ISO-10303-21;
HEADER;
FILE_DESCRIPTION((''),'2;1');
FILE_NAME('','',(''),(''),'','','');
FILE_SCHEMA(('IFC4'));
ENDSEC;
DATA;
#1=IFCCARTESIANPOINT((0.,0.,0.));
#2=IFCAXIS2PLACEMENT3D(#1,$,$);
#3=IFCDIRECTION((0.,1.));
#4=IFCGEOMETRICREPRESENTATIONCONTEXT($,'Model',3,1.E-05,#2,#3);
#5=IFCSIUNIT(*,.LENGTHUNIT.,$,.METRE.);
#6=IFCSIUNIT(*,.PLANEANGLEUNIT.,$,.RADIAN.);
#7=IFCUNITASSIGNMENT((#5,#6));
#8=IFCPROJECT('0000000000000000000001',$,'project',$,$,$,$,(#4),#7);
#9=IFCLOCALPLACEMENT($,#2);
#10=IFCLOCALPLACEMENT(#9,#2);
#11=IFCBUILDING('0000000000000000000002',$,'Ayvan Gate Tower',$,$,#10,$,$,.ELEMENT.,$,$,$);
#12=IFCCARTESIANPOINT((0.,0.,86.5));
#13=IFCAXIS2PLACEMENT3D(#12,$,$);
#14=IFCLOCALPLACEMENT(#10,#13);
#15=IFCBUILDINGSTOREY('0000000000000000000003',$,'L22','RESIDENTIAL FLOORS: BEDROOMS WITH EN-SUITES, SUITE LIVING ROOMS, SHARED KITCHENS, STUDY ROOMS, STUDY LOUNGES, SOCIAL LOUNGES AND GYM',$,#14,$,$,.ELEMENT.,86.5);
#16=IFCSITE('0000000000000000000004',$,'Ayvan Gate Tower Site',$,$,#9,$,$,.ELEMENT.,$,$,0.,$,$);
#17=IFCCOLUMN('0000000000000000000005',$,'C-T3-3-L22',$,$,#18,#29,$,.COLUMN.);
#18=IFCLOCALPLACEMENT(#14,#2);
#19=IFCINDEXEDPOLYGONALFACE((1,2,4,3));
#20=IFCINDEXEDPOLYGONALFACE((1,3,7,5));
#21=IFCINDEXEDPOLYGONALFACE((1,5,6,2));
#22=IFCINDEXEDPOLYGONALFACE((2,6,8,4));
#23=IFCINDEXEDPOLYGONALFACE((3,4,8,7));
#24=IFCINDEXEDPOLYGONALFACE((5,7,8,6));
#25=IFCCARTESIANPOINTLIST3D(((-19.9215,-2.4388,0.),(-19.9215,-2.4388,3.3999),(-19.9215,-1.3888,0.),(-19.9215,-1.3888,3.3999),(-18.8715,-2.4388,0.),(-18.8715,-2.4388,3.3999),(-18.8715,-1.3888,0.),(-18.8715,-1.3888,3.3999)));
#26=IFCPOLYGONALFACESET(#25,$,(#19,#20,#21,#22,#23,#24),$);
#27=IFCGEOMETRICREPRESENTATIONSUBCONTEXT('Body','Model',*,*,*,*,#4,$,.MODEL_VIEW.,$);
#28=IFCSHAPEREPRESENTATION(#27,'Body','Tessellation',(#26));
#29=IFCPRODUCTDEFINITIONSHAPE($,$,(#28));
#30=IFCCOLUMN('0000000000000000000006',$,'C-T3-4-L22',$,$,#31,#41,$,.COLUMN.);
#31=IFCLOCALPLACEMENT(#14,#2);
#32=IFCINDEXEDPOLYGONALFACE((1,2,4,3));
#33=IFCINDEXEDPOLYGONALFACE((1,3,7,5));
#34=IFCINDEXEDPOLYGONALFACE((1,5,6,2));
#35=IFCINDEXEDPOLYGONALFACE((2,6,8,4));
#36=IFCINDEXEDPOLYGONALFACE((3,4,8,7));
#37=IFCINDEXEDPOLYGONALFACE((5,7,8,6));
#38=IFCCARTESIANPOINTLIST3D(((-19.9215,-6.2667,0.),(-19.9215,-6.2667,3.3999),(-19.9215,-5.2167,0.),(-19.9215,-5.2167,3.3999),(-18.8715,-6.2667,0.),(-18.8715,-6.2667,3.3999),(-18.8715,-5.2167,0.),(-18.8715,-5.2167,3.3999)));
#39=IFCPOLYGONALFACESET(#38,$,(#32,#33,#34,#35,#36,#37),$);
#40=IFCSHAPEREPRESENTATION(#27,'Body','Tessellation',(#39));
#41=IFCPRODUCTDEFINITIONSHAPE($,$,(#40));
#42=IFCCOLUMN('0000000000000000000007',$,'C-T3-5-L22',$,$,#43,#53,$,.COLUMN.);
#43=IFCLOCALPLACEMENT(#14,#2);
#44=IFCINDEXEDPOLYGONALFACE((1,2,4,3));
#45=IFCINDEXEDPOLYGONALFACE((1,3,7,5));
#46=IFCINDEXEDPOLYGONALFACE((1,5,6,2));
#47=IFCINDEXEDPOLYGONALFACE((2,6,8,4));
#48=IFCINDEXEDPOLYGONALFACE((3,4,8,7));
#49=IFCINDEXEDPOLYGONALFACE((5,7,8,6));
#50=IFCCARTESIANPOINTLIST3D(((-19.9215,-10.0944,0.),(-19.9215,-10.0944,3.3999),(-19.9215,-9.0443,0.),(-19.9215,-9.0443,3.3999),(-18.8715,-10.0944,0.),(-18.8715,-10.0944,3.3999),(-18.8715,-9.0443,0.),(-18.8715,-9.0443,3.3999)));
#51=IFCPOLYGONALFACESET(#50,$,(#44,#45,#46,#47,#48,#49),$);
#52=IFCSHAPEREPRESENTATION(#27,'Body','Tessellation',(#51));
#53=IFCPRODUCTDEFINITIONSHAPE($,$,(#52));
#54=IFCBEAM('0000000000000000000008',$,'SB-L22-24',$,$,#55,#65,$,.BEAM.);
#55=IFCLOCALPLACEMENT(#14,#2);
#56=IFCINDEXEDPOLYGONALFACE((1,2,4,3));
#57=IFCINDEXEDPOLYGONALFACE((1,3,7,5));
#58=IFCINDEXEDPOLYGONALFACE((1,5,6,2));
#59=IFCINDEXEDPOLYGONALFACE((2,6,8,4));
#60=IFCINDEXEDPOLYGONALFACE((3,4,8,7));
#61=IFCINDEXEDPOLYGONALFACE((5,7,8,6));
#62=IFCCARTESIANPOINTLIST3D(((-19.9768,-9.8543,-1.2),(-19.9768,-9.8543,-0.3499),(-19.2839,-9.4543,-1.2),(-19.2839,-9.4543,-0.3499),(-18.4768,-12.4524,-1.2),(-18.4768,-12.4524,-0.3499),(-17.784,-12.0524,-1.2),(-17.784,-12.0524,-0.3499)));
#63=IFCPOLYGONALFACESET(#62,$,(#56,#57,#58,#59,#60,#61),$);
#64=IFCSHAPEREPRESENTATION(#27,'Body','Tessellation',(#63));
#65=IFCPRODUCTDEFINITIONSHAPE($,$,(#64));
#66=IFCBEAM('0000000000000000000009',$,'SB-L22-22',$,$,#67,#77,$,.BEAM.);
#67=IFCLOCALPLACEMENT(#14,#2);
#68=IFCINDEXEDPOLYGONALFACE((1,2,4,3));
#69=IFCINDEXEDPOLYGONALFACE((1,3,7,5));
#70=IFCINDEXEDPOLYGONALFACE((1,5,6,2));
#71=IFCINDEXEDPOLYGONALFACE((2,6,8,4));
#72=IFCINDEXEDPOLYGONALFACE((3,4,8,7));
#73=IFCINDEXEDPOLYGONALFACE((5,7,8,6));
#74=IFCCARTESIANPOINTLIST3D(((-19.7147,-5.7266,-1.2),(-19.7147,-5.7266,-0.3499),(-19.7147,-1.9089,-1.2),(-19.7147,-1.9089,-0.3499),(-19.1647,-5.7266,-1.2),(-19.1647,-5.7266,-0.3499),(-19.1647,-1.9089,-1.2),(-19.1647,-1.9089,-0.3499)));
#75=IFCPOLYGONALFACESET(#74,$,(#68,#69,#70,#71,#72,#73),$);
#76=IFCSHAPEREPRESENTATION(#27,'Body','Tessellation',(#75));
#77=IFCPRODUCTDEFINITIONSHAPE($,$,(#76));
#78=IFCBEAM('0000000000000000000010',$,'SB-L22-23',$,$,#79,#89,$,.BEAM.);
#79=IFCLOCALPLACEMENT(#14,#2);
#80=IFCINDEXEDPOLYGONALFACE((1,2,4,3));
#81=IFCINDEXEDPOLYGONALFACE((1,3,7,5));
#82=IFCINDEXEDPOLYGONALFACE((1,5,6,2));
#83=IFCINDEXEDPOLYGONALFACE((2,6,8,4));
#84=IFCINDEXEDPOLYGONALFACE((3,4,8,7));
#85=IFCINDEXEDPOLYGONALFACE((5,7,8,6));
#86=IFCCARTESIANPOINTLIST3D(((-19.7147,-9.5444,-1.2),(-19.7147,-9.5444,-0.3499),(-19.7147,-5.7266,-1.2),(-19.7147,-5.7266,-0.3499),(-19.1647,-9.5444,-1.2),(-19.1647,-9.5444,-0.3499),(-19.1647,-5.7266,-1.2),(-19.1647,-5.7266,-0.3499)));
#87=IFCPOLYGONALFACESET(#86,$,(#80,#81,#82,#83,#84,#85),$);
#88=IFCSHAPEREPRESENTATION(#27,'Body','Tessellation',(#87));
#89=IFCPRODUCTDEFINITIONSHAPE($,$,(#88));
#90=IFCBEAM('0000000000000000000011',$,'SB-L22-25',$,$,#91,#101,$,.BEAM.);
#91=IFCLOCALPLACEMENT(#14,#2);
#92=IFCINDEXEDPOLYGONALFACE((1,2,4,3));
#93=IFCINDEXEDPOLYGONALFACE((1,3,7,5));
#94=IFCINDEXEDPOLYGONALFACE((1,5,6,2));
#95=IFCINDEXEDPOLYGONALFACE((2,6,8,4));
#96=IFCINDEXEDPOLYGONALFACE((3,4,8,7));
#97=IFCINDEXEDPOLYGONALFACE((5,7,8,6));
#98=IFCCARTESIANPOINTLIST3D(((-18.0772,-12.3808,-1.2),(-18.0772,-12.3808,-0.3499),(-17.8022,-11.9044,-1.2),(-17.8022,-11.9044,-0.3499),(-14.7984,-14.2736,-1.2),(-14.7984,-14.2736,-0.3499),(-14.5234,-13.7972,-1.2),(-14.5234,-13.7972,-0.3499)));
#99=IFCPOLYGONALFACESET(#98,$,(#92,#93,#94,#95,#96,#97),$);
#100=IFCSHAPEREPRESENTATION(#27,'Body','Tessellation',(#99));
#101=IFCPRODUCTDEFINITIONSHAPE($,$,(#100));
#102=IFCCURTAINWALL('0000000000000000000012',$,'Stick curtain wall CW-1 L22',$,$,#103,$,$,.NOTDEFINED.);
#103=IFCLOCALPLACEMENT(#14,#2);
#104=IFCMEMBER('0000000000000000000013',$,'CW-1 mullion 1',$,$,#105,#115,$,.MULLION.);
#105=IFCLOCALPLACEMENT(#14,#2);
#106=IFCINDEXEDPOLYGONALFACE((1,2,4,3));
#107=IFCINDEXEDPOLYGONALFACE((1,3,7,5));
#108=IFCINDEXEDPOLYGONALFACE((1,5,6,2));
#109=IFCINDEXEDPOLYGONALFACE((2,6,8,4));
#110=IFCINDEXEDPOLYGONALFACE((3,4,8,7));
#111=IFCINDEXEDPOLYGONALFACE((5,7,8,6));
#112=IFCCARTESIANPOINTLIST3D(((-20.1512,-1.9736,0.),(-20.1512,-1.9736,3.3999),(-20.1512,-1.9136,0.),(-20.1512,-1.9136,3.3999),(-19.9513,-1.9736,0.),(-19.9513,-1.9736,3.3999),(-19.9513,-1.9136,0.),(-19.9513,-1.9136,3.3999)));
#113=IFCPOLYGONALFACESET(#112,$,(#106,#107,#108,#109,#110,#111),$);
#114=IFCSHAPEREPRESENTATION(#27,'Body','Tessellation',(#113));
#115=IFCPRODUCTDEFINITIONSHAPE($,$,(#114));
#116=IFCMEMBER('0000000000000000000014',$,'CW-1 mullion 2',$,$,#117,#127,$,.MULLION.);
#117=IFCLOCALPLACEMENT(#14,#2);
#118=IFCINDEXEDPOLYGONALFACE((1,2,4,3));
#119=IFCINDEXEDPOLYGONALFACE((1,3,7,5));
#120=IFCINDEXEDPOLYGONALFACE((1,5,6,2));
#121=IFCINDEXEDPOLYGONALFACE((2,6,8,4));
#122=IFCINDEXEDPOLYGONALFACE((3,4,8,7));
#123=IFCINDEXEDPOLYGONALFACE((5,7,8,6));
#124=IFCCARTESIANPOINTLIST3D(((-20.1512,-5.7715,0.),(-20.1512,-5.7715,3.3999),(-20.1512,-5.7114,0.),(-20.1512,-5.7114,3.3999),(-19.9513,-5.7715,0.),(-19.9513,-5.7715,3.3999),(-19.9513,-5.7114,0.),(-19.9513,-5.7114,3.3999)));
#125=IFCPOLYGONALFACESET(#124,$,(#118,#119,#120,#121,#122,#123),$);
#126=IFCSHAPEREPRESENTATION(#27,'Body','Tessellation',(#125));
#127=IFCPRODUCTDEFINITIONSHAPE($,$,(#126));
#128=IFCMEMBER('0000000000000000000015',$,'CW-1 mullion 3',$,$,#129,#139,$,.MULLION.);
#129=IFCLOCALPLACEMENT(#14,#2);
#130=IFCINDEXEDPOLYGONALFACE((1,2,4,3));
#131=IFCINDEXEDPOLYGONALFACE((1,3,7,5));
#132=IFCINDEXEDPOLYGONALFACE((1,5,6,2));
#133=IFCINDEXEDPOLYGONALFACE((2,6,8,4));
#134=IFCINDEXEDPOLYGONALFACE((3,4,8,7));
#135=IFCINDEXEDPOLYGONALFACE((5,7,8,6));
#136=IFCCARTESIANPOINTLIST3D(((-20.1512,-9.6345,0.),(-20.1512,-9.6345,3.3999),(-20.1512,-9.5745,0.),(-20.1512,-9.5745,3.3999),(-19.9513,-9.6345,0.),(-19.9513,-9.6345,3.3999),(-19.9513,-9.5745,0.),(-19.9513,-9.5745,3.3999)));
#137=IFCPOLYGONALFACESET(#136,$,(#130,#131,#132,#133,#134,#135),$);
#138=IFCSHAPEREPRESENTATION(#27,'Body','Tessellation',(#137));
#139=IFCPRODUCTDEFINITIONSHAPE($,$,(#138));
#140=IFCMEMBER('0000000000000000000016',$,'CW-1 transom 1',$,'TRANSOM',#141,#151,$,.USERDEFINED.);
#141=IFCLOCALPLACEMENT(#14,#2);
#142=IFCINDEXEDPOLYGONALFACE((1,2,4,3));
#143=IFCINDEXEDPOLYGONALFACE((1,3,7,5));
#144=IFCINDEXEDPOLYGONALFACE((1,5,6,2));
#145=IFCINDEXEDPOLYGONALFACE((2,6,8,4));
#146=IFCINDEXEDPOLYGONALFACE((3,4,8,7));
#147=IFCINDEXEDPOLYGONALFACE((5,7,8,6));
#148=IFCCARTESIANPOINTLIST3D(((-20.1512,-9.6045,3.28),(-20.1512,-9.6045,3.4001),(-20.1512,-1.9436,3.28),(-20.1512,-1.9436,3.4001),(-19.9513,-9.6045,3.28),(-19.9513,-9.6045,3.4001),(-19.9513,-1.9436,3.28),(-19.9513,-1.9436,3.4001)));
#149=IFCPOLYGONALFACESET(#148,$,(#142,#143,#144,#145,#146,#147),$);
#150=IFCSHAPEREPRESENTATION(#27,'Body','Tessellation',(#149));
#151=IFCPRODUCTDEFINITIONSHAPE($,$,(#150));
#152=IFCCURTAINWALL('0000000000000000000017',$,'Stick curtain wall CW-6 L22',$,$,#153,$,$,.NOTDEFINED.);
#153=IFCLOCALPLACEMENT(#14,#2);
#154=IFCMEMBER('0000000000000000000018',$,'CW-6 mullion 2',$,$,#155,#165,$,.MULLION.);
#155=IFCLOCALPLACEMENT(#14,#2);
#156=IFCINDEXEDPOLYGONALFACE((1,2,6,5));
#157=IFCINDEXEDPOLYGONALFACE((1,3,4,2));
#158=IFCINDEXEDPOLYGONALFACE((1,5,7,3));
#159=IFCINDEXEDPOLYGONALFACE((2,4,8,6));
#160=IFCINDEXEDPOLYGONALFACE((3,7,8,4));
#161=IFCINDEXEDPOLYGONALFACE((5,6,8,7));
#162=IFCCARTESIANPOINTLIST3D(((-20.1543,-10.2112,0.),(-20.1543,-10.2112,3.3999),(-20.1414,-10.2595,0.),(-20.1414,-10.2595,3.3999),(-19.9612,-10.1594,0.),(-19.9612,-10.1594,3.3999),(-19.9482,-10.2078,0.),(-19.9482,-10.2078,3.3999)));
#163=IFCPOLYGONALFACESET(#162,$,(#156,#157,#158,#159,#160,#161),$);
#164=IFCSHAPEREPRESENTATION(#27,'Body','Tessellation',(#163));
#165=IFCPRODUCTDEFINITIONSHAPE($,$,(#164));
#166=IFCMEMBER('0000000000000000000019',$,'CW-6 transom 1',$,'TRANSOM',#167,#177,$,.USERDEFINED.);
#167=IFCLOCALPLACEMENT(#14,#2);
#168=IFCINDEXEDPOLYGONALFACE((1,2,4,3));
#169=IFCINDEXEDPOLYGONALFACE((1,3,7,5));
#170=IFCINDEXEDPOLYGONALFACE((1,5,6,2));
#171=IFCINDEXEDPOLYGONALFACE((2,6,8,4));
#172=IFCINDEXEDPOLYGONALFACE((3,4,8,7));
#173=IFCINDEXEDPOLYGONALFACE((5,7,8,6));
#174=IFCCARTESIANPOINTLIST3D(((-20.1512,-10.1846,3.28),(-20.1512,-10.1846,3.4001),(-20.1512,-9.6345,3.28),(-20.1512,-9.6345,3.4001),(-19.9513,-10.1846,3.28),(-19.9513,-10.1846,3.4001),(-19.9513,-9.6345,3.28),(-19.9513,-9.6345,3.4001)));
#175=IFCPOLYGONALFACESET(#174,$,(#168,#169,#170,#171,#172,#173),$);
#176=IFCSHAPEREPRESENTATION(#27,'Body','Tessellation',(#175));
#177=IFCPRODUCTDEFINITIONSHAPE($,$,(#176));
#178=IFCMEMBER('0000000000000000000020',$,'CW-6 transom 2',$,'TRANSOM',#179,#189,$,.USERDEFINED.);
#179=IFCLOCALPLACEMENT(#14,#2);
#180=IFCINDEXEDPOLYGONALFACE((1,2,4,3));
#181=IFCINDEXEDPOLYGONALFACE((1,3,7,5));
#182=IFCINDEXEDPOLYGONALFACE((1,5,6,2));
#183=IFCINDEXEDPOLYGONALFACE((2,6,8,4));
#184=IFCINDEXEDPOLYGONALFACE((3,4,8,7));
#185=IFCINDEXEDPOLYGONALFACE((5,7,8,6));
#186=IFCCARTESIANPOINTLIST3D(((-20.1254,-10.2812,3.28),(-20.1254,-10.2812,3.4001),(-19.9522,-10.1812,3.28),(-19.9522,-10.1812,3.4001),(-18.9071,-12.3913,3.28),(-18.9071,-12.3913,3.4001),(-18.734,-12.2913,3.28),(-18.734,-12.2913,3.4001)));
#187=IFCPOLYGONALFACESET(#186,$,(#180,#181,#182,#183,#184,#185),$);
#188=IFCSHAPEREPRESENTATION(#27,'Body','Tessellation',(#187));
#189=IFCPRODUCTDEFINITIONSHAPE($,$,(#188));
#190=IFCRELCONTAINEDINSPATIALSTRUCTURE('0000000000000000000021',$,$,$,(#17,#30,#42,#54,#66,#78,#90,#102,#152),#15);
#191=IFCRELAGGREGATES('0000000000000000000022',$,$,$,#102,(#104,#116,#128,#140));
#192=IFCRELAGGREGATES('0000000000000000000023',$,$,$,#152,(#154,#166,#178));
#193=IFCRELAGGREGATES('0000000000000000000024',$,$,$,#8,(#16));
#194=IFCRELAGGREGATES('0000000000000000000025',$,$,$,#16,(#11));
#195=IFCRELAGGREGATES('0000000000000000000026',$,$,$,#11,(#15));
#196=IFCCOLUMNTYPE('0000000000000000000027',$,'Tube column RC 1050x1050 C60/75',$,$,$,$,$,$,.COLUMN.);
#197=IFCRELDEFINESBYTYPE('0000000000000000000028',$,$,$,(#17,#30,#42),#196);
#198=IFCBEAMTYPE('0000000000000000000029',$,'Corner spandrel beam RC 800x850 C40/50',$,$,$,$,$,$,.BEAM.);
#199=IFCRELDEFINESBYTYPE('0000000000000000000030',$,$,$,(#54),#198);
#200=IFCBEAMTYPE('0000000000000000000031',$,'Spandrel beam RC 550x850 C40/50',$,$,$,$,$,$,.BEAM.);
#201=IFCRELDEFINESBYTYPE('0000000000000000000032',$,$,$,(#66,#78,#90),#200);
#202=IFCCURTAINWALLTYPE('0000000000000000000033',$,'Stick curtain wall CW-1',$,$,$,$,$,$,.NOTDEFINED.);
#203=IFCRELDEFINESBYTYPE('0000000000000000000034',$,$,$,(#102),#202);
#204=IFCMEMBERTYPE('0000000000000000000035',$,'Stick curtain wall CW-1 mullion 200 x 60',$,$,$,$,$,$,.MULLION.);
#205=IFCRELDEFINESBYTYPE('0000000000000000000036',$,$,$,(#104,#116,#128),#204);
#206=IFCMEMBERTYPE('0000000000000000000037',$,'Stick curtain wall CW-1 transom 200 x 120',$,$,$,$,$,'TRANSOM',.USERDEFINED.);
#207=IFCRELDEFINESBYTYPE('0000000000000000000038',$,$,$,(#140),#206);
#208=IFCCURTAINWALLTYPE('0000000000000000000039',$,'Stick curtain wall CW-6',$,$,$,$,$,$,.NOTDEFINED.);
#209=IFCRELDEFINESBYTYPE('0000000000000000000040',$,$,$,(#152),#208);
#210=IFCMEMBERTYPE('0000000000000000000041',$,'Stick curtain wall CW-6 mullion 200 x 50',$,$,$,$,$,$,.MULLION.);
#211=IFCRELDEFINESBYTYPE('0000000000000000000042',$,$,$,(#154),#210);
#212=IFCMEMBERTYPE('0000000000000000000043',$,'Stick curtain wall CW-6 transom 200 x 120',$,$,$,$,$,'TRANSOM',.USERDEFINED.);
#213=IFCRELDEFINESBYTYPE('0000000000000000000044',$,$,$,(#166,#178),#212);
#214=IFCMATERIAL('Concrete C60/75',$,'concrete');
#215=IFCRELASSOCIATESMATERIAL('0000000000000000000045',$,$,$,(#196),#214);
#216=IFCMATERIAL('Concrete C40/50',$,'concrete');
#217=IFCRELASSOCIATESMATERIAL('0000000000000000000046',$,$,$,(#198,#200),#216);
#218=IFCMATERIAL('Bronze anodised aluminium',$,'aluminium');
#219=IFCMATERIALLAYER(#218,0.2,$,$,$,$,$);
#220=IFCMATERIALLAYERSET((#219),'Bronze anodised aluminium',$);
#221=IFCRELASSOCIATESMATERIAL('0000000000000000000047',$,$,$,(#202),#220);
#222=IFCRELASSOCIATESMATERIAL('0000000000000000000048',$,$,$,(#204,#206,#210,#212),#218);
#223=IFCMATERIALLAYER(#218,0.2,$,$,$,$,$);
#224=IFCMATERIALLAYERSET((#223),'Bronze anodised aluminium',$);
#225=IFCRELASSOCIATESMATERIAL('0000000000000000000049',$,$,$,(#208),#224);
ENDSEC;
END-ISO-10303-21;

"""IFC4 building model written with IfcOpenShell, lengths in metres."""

from ifc_helpers import new_model, si_unit, direction, frame, origin, origin_2d, place, context, subcontext, project, spatial, rectangle, extrude, material, layer, layer_set, material_profile, profile_set, type_object, element, aggregate, save


model = new_model("IFC4")

# Units and contexts
model_context = context("Model", 3, precision=1e-05, world=origin(), true_north=direction((0.0, 1.0)))
body_context = subcontext(model_context, "Body", "Model", "MODEL_VIEW")
ifc_project = project(units=[si_unit("LENGTHUNIT", "METRE"), si_unit("PLANEANGLEUNIT", "RADIAN")], contexts=[model_context])

# Site, building, storey
site_placement = place(None, origin())
site = spatial("IfcSite", under=ifc_project, at=site_placement, Name="Ayvan Gate Tower Site", CompositionType="ELEMENT", RefElevation=0.0)
building_placement = place(site_placement, origin())
building = spatial("IfcBuilding", under=site, at=building_placement, Name="Ayvan Gate Tower", CompositionType="ELEMENT")
storey_placement = place(building_placement, frame((0.0, 0.0, 86.5)))
storey = spatial("IfcBuildingStorey", under=building, at=storey_placement, Name="L22", Description="RESIDENTIAL FLOORS: BEDROOMS WITH EN-SUITES, SUITE LIVING ROOMS, SHARED KITCHENS, STUDY ROOMS, STUDY LOUNGES, SOCIAL LOUNGES AND GYM", CompositionType="ELEMENT", Elevation=86.5)

# Columns
ifc_material_1 = material(Name="Concrete C60/75", Category="concrete")
ifc_material_profile_1 = material_profile(ifc_material_1, rectangle(XDim=1.05, YDim=1.05, at=origin_2d()), Name="RC 1050x1050")
ifc_profile_set_1 = profile_set([ifc_material_profile_1], Name="Concrete C60/75")
column_type = type_object("IfcColumnType", Name="Tube column RC 1050x1050 C60/75", PredefinedType="COLUMN", material=ifc_profile_set_1)
for number, where, z_axis, x_axis, name in (
    (1, (-19.3965, -1.9138, 0.0), (0.0, 0.0, 1.0), (-1.0, 0.0, 0.0), "C-T3-3-L22"),
    (2, (-19.3965, -5.7417, 0.0), (0.0, 0.0, 1.0), (-1.0, 0.0, 0.0), "C-T3-4-L22"),
    (3, (-19.3965, -9.5693, 0.0), (0.0, 0.0, 1.0), (-1.0, 0.0, 0.0), "C-T3-5-L22"),
):
    element("IfcColumn", number, at=place(storey_placement, frame(where, z_axis=z_axis, x_axis=x_axis)), inside=storey, type_object=column_type, Name=name, PredefinedType="COLUMN", context=body_context, shape_type="SweptSolid", body=[
        extrude(rectangle(XDim=1.05, YDim=1.05, at=origin_2d()), origin(), (0.0, 0.0, 1.0), 3.3999),
    ])

# Beams
ifc_material_2 = material(Name="Concrete C40/50", Category="concrete")
ifc_material_profile_2 = material_profile(ifc_material_2, rectangle(XDim=0.8, YDim=0.8501, at=origin_2d()), Name="RC 800x850")
ifc_profile_set_2 = profile_set([ifc_material_profile_2], Name="Concrete C40/50")
beam_type_1 = type_object("IfcBeamType", Name="Corner spandrel beam RC 800x850 C40/50", PredefinedType="BEAM", material=ifc_profile_set_2)
beam_1_placement = place(storey_placement, frame((-19.6304, -9.6543, -0.7749), z_axis=(0.49999, -0.866031, 0.0), x_axis=(0.866031, 0.49999, 0.0)))
element("IfcBeam", 4, at=beam_1_placement, inside=storey, type_object=beam_type_1, Name="SB-L22-24", PredefinedType="BEAM", context=body_context, shape_type="SweptSolid", body=[
    extrude(rectangle(XDim=0.8, YDim=0.8501, at=origin_2d()), origin(), (0.0, 0.0, 1.0), 3.0),
])
ifc_material_profile_3 = material_profile(ifc_material_2, rectangle(XDim=0.55, YDim=0.8501, at=origin_2d()), Name="RC 550x850")
ifc_profile_set_3 = profile_set([ifc_material_profile_3], Name="Concrete C40/50")
beam_type_2 = type_object("IfcBeamType", Name="Spandrel beam RC 550x850 C40/50", PredefinedType="BEAM", material=ifc_profile_set_3)
beam_2_placement = place(storey_placement, frame((-19.4397, -1.9089, -0.7749), z_axis=(0.0, -1.0, 0.0), x_axis=(1.0, 0.0, 0.0)))
element("IfcBeam", 5, at=beam_2_placement, inside=storey, type_object=beam_type_2, Name="SB-L22-22", PredefinedType="BEAM", context=body_context, shape_type="SweptSolid", body=[
    extrude(rectangle(XDim=0.55, YDim=0.8501, at=origin_2d()), origin(), (0.0, 0.0, 1.0), 3.8176),
])
beam_3_placement = place(storey_placement, frame((-19.4397, -5.7266, -0.7749), z_axis=(0.0, -1.0, 0.0), x_axis=(1.0, 0.0, 0.0)))
element("IfcBeam", 6, at=beam_3_placement, inside=storey, type_object=beam_type_2, Name="SB-L22-23", PredefinedType="BEAM", context=body_context, shape_type="SweptSolid", body=[
    extrude(rectangle(XDim=0.55, YDim=0.8501, at=origin_2d()), origin(), (0.0, 0.0, 1.0), 3.8179),
])
beam_4_placement = place(storey_placement, frame((-17.9397, -12.1426, -0.7749), z_axis=(0.866048, -0.499961, 0.0), x_axis=(0.499961, 0.866048, 0.0)))
element("IfcBeam", 7, at=beam_4_placement, inside=storey, type_object=beam_type_2, Name="SB-L22-25", PredefinedType="BEAM", context=body_context, shape_type="SweptSolid", body=[
    extrude(rectangle(XDim=0.55, YDim=0.8501, at=origin_2d()), origin(), (0.0, 0.0, 1.0), 3.7859),
])

# Curtain walls, members
ifc_material_3 = material(Name="Bronze anodised aluminium", Category="aluminium")
ifc_layer_1 = layer(ifc_material_3, 0.2)
ifc_layer_set_1 = layer_set([ifc_layer_1], Name="Bronze anodised aluminium")
curtain_wall_type_1 = type_object("IfcCurtainWallType", Name="Stick curtain wall CW-1", PredefinedType="NOTDEFINED", material=ifc_layer_set_1)
curtain_wall_1_placement = place(storey_placement, origin())
curtain_wall_1 = element("IfcCurtainWall", 8, at=curtain_wall_1_placement, inside=storey, type_object=curtain_wall_type_1, Name="Stick curtain wall CW-1 L22", PredefinedType="NOTDEFINED")
ifc_material_profile_4 = material_profile(ifc_material_3, rectangle(XDim=0.2, YDim=0.0601, at=origin_2d()), Name="Stick curtain wall CW-1 mullion 200 x 60")
ifc_profile_set_4 = profile_set([ifc_material_profile_4], Name="Bronze anodised aluminium")
member_type_1 = type_object("IfcMemberType", Name="Stick curtain wall CW-1 mullion 200 x 60", PredefinedType="MULLION", material=ifc_profile_set_4)
member_1_placement = place(storey_placement, frame((-20.0513, -1.9436, 0.0), z_axis=(0.0, 0.0, 1.0), x_axis=(-1.0, 0.0, 0.0)))
member_1 = element("IfcMember", 9, at=member_1_placement, type_object=member_type_1, Name="CW-1 mullion 1", PredefinedType="MULLION", context=body_context, shape_type="SweptSolid", body=[
    extrude(rectangle(XDim=0.2, YDim=0.0601, at=origin_2d()), origin(), (0.0, 0.0, 1.0), 3.3999),
])
member_2_placement = place(storey_placement, frame((-20.0513, -5.7415, 0.0), z_axis=(0.0, 0.0, 1.0), x_axis=(-1.0, 0.0, 0.0)))
member_2 = element("IfcMember", 10, at=member_2_placement, type_object=member_type_1, Name="CW-1 mullion 2", PredefinedType="MULLION", context=body_context, shape_type="SweptSolid", body=[
    extrude(rectangle(XDim=0.2, YDim=0.0601, at=origin_2d()), origin(), (0.0, 0.0, 1.0), 3.3999),
])
member_3_placement = place(storey_placement, frame((-20.0513, -9.6045, 0.0), z_axis=(0.0, 0.0, 1.0), x_axis=(-1.0, 0.0, 0.0)))
member_3 = element("IfcMember", 11, at=member_3_placement, type_object=member_type_1, Name="CW-1 mullion 3", PredefinedType="MULLION", context=body_context, shape_type="SweptSolid", body=[
    extrude(rectangle(XDim=0.2, YDim=0.0601, at=origin_2d()), origin(), (0.0, 0.0, 1.0), 3.3999),
])
ifc_material_profile_5 = material_profile(ifc_material_3, rectangle(XDim=0.2, YDim=0.1201, at=origin_2d()), Name="Stick curtain wall CW-1 transom 200 x 120")
ifc_profile_set_5 = profile_set([ifc_material_profile_5], Name="Bronze anodised aluminium")
member_type_2 = type_object("IfcMemberType", Name="Stick curtain wall CW-1 transom 200 x 120", ElementType="TRANSOM", PredefinedType="USERDEFINED", material=ifc_profile_set_5)
member_4_placement = place(storey_placement, frame((-20.0513, -1.9436, 3.3401), z_axis=(0.0, -1.0, 0.0), x_axis=(1.0, 0.0, 0.0)))
member_4 = element("IfcMember", 12, at=member_4_placement, type_object=member_type_2, Name="CW-1 transom 1", ObjectType="TRANSOM", PredefinedType="USERDEFINED", context=body_context, shape_type="SweptSolid", body=[
    extrude(rectangle(XDim=0.2, YDim=0.1201, at=origin_2d()), origin(), (0.0, 0.0, 1.0), 7.6609),
])
ifc_layer_2 = layer(ifc_material_3, 0.2)
ifc_layer_set_2 = layer_set([ifc_layer_2], Name="Bronze anodised aluminium")
curtain_wall_type_2 = type_object("IfcCurtainWallType", Name="Stick curtain wall CW-6", PredefinedType="NOTDEFINED", material=ifc_layer_set_2)
curtain_wall_2_placement = place(storey_placement, origin())
curtain_wall_2 = element("IfcCurtainWall", 13, at=curtain_wall_2_placement, inside=storey, type_object=curtain_wall_type_2, Name="Stick curtain wall CW-6 L22", PredefinedType="NOTDEFINED")
ifc_material_profile_6 = material_profile(ifc_material_3, rectangle(XDim=0.2, YDim=0.05, at=origin_2d()), Name="Stick curtain wall CW-6 mullion 200 x 50")
ifc_profile_set_6 = profile_set([ifc_material_profile_6], Name="Bronze anodised aluminium")
member_type_3 = type_object("IfcMemberType", Name="Stick curtain wall CW-6 mullion 200 x 50", PredefinedType="MULLION", material=ifc_profile_set_6)
member_5_placement = place(storey_placement, frame((-20.0513, -10.2095, 0.0), z_axis=(0.0, 0.0, 1.0), x_axis=(-0.965926, -0.258819, 0.0)))
member_5 = element("IfcMember", 14, at=member_5_placement, type_object=member_type_3, Name="CW-6 mullion 2", PredefinedType="MULLION", context=body_context, shape_type="SweptSolid", body=[
    extrude(rectangle(XDim=0.2, YDim=0.05, at=origin_2d()), origin(), (0.0, 0.0, 1.0), 3.3999),
])
ifc_material_profile_7 = material_profile(ifc_material_3, rectangle(XDim=0.2, YDim=0.1201, at=origin_2d()), Name="Stick curtain wall CW-6 transom 200 x 120")
ifc_profile_set_7 = profile_set([ifc_material_profile_7], Name="Bronze anodised aluminium")
member_type_4 = type_object("IfcMemberType", Name="Stick curtain wall CW-6 transom 200 x 120", ElementType="TRANSOM", PredefinedType="USERDEFINED", material=ifc_profile_set_7)
member_6_placement = place(storey_placement, frame((-20.0513, -9.6345, 3.3401), z_axis=(0.0, -1.0, 0.0), x_axis=(1.0, 0.0, 0.0)))
member_6 = element("IfcMember", 15, at=member_6_placement, type_object=member_type_4, Name="CW-6 transom 1", ObjectType="TRANSOM", PredefinedType="USERDEFINED", context=body_context, shape_type="SweptSolid", body=[
    extrude(rectangle(XDim=0.2, YDim=0.1201, at=origin_2d()), origin(), (0.0, 0.0, 1.0), 0.55),
])
member_7_placement = place(storey_placement, frame((-20.0388, -10.2312, 3.3401), z_axis=(0.499997, -0.866027, 0.0), x_axis=(0.866027, 0.499997, 0.0)))
member_7 = element("IfcMember", 16, at=member_7_placement, type_object=member_type_4, Name="CW-6 transom 2", ObjectType="TRANSOM", PredefinedType="USERDEFINED", context=body_context, shape_type="SweptSolid", body=[
    extrude(rectangle(XDim=0.2, YDim=0.1201, at=origin_2d()), origin(), (0.0, 0.0, 1.0), 2.4365),
])

aggregate(curtain_wall_1, [member_1, member_2, member_3, member_4])
aggregate(curtain_wall_2, [member_5, member_6, member_7])

save(model, "model.ifc")
